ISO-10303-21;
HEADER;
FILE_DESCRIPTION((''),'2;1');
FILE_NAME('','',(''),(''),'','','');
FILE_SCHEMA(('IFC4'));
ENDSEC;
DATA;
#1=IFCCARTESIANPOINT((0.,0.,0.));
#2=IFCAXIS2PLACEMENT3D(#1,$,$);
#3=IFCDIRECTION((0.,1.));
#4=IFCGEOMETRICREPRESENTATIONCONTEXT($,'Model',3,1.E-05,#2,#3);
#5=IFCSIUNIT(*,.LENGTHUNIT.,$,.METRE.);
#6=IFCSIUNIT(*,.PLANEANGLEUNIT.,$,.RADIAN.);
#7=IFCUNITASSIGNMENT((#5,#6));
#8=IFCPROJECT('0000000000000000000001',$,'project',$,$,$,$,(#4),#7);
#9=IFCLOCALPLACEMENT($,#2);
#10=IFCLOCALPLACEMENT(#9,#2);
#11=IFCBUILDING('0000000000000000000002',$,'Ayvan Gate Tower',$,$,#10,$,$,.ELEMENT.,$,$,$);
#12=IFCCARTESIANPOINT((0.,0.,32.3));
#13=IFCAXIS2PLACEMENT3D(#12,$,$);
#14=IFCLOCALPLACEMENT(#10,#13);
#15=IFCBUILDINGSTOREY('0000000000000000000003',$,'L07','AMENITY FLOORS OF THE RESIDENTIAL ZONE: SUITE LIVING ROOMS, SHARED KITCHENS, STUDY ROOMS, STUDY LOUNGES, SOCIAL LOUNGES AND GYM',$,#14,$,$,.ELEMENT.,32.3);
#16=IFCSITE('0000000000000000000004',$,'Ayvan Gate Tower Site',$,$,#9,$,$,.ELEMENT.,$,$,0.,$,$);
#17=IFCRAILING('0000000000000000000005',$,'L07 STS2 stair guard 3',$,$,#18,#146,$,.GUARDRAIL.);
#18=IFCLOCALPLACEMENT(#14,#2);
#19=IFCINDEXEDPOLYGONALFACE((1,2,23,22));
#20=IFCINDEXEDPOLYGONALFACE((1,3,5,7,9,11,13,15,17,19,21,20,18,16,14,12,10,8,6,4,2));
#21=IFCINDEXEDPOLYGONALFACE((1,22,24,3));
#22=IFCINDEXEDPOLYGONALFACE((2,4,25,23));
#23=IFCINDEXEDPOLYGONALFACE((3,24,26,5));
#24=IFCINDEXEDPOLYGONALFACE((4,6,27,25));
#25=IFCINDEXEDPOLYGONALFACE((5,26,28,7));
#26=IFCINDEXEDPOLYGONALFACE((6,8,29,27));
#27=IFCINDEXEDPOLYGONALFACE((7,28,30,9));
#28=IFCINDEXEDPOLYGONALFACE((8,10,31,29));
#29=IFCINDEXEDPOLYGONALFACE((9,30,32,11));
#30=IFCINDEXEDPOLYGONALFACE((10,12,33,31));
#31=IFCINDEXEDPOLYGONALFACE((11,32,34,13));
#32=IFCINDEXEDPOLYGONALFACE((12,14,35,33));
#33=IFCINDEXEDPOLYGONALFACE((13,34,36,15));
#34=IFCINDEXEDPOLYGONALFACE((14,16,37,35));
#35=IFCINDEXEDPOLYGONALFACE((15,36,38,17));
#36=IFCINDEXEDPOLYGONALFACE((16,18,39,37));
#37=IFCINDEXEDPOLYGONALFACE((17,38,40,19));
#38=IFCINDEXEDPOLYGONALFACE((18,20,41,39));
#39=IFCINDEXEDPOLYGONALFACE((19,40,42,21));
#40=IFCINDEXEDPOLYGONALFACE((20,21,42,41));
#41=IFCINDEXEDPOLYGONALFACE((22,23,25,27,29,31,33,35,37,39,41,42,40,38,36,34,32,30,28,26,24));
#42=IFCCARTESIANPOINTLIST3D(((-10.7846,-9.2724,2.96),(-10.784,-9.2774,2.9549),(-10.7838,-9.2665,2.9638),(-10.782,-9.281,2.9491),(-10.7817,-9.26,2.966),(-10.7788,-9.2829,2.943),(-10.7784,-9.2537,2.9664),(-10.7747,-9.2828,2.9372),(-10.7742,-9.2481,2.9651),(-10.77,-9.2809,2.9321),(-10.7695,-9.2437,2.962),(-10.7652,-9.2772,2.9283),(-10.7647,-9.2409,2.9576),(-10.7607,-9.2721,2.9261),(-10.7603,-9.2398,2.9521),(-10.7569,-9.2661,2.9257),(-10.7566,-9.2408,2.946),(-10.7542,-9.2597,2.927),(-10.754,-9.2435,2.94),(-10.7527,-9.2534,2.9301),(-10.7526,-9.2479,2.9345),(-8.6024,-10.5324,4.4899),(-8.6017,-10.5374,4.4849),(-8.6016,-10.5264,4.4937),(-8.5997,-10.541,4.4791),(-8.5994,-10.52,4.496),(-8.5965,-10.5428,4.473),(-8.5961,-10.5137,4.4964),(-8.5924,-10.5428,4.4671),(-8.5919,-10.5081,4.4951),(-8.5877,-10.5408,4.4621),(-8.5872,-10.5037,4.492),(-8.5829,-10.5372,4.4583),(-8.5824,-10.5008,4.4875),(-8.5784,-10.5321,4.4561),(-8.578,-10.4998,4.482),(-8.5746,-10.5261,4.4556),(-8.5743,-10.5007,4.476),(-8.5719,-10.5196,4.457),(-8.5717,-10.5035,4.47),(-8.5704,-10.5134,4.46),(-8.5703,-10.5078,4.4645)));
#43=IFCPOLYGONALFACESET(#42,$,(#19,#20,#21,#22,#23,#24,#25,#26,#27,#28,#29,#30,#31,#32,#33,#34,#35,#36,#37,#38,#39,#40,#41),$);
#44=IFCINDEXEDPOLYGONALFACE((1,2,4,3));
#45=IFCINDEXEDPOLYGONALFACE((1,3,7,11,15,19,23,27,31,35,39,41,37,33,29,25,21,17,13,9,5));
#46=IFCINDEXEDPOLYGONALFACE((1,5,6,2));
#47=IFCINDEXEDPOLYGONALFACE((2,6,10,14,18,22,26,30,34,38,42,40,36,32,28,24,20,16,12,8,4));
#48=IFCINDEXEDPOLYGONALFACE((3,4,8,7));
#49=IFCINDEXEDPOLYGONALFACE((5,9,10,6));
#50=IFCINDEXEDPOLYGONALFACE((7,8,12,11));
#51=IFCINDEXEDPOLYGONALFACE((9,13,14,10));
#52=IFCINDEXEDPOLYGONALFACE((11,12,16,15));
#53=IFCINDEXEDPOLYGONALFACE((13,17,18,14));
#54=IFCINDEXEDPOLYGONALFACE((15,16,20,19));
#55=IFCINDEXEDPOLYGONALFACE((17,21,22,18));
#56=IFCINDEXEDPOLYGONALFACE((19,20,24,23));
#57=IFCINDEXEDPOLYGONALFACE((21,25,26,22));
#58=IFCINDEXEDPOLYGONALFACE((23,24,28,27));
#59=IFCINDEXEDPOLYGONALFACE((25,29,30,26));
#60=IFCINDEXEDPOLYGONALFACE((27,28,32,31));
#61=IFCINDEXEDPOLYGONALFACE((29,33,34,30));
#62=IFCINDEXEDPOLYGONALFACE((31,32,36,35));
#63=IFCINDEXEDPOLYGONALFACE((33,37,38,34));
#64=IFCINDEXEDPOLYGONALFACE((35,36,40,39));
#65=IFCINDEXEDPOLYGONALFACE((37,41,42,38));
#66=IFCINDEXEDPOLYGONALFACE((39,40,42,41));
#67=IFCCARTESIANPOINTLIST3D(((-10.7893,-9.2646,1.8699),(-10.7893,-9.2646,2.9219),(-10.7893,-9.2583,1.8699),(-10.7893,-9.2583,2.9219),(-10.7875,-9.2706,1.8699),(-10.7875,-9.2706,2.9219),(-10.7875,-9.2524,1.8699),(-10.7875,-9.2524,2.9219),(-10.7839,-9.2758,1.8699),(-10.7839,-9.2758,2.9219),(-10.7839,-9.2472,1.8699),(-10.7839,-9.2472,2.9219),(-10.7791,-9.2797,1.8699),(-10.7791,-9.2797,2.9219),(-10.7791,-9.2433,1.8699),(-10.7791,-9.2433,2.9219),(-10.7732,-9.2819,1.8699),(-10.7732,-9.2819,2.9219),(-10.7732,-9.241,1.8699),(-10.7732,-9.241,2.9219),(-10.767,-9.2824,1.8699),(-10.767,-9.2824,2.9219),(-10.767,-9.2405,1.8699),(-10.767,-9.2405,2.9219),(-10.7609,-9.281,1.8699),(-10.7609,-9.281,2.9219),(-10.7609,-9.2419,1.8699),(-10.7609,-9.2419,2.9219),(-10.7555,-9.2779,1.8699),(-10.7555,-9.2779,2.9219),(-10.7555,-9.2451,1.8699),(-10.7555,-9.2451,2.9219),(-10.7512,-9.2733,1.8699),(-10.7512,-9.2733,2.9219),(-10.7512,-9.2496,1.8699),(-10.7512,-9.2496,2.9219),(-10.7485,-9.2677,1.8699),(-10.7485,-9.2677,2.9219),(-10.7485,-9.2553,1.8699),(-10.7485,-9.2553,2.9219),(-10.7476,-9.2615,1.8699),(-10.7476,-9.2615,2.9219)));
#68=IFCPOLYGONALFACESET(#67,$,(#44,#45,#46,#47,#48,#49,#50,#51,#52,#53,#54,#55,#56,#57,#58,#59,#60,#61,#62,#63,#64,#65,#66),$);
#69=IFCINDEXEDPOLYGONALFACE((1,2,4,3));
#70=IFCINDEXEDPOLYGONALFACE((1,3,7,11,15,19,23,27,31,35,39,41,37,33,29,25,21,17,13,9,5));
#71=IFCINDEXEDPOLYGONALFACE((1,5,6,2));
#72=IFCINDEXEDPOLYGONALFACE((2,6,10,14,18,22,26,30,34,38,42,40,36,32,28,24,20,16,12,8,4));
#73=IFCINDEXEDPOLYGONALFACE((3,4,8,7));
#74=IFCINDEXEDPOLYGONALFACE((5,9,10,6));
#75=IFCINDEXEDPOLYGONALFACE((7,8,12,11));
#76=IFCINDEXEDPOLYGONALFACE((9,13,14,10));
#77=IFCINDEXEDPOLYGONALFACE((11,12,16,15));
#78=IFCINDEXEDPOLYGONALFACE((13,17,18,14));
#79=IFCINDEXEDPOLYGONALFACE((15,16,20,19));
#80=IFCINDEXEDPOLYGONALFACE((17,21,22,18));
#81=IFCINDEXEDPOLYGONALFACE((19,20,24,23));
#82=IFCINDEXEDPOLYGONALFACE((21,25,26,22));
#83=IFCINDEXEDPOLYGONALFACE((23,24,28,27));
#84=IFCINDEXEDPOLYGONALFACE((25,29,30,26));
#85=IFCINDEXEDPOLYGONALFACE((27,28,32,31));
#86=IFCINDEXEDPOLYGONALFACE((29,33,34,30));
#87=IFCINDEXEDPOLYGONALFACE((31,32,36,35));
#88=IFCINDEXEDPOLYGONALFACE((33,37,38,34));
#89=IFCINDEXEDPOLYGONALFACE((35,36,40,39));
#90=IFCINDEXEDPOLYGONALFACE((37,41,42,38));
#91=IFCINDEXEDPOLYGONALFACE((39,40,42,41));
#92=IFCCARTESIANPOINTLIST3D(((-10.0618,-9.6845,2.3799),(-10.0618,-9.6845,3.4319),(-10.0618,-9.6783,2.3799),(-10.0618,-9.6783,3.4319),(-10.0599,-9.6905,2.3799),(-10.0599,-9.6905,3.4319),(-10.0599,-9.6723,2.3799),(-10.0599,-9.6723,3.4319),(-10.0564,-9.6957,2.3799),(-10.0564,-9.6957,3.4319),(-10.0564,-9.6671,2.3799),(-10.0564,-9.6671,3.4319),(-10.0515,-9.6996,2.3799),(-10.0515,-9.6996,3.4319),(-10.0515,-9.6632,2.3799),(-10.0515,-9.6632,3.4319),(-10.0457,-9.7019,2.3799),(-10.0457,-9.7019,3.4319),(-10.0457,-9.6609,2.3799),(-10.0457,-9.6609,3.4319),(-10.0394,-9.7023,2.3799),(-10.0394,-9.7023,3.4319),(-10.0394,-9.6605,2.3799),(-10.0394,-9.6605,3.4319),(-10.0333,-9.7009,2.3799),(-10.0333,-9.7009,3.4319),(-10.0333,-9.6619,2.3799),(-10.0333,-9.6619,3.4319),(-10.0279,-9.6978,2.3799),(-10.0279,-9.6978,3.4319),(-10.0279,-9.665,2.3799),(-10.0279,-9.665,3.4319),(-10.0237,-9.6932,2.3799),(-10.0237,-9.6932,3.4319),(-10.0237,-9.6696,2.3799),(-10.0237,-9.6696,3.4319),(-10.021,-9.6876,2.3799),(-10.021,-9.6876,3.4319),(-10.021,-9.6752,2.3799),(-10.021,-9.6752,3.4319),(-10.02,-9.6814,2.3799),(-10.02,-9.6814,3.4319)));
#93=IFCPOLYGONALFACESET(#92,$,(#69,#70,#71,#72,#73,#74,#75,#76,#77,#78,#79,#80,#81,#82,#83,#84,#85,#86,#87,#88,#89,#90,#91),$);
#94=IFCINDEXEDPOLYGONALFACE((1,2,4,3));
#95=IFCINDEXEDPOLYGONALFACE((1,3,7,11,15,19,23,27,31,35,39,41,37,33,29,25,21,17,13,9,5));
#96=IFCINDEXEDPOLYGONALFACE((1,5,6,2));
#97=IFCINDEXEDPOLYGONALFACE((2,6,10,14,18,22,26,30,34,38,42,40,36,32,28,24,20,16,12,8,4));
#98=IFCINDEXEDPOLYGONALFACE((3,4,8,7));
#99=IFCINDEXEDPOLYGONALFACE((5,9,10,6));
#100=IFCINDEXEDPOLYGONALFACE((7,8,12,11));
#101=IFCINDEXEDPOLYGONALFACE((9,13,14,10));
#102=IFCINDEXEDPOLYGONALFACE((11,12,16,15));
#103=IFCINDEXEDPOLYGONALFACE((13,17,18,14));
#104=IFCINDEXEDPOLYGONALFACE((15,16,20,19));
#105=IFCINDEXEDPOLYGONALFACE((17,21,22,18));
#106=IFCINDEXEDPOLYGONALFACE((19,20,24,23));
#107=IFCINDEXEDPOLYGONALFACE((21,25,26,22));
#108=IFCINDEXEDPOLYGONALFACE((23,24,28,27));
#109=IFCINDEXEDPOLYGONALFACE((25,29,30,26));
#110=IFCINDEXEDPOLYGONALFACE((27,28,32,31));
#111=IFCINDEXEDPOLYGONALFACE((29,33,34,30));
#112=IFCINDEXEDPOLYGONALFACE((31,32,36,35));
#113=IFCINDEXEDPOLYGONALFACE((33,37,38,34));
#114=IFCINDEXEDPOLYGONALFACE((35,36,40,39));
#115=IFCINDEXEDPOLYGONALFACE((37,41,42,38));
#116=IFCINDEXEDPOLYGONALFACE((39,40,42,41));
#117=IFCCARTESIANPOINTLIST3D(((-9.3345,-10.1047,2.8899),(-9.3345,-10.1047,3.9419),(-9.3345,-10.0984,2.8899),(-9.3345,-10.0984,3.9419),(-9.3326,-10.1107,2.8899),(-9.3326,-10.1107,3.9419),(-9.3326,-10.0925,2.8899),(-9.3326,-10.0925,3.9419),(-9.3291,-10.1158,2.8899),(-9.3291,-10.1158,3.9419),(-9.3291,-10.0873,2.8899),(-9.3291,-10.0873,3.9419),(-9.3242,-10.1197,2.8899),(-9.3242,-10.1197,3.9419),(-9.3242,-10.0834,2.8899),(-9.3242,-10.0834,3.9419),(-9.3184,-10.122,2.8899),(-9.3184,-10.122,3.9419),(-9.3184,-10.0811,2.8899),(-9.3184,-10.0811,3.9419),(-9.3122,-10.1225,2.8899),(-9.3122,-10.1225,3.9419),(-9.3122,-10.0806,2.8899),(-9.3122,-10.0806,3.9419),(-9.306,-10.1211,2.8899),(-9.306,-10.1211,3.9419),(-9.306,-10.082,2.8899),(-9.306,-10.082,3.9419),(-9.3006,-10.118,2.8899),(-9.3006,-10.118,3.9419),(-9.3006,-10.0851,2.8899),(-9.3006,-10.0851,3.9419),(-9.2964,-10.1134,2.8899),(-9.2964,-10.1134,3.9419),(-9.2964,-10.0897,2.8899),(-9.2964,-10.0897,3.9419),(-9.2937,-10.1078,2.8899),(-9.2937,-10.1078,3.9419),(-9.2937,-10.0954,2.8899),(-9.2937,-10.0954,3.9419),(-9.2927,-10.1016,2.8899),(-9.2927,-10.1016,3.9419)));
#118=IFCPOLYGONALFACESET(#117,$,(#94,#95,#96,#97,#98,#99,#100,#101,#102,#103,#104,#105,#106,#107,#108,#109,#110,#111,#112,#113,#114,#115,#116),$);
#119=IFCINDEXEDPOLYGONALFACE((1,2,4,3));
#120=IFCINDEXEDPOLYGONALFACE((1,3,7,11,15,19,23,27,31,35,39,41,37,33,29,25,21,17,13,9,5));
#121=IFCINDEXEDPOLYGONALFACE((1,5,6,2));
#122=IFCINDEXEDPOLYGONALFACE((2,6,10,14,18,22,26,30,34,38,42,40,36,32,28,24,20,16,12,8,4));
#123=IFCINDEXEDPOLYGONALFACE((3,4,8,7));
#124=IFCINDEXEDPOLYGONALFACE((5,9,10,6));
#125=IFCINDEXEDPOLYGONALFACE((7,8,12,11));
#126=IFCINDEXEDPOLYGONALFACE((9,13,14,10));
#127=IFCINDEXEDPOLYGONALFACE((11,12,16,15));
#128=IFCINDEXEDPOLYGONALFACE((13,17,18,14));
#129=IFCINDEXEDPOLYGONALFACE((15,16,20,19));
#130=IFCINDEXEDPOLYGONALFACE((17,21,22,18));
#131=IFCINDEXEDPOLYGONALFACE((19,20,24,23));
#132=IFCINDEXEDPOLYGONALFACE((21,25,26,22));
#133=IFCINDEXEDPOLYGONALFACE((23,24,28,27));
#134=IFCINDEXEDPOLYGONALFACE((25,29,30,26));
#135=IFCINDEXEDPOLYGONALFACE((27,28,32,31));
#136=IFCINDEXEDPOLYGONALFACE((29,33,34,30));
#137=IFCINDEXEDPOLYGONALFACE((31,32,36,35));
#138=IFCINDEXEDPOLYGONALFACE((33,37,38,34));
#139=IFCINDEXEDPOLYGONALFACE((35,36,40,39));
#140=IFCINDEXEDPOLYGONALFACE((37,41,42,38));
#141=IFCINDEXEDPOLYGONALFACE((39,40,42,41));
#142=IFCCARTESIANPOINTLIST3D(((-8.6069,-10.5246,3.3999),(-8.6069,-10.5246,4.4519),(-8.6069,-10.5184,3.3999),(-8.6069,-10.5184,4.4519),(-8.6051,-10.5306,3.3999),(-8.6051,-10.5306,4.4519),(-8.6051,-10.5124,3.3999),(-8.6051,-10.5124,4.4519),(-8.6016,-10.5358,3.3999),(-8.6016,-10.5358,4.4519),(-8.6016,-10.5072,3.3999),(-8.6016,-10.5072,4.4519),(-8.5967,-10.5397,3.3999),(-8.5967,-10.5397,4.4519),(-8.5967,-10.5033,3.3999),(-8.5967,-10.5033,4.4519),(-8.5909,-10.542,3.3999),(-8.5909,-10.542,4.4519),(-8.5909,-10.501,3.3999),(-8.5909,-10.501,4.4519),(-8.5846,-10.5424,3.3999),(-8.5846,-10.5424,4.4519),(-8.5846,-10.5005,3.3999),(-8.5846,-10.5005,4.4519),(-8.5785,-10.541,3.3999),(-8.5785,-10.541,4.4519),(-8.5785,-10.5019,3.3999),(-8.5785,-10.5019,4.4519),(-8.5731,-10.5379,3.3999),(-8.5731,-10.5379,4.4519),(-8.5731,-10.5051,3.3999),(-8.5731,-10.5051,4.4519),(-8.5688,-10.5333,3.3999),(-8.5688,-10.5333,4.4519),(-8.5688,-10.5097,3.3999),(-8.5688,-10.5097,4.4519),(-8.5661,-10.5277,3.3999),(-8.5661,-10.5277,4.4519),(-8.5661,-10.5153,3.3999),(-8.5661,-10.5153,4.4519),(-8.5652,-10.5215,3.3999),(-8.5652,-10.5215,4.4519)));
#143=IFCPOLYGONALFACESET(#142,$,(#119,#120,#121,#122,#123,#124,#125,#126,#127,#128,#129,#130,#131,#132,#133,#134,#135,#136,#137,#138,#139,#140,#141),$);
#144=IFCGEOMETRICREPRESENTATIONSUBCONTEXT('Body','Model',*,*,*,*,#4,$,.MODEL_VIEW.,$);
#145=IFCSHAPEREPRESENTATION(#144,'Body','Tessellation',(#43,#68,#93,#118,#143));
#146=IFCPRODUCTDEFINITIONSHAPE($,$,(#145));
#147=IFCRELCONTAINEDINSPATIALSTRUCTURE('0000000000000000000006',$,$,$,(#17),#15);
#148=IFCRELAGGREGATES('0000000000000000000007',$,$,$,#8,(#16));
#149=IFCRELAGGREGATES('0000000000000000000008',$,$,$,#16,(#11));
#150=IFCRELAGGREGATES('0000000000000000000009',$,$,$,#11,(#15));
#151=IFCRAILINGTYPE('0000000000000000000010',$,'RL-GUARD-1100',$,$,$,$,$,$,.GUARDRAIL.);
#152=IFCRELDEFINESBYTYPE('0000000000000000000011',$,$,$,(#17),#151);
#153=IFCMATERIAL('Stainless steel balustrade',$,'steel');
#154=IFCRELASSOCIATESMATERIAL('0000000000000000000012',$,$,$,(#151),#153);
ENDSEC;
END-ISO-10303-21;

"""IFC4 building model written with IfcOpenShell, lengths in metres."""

from ifc_helpers import new_model, si_unit, direction, frame, origin, origin_2d, place, context, subcontext, project, spatial, circle, extrude, material, type_object, element, save


model = new_model("IFC4")

# Units and contexts
model_context = context("Model", 3, precision=1e-05, world=origin(), true_north=direction((0.0, 1.0)))
body_context = subcontext(model_context, "Body", "Model", "MODEL_VIEW")
ifc_project = project(units=[si_unit("LENGTHUNIT", "METRE"), si_unit("PLANEANGLEUNIT", "RADIAN")], contexts=[model_context])

# Site, building, storey
site_placement = place(None, origin())
site = spatial("IfcSite", under=ifc_project, at=site_placement, Name="Ayvan Gate Tower Site", CompositionType="ELEMENT", RefElevation=0.0)
building_placement = place(site_placement, origin())
building = spatial("IfcBuilding", under=site, at=building_placement, Name="Ayvan Gate Tower", CompositionType="ELEMENT")
storey_placement = place(building_placement, frame((0.0, 0.0, 32.3)))
storey = spatial("IfcBuildingStorey", under=building, at=storey_placement, Name="L07", Description="AMENITY FLOORS OF THE RESIDENTIAL ZONE: SUITE LIVING ROOMS, SHARED KITCHENS, STUDY ROOMS, STUDY LOUNGES, SOCIAL LOUNGES AND GYM", CompositionType="ELEMENT", Elevation=32.3)

# Railing
ifc_material_1 = material(Name="Stainless steel balustrade", Category="steel")
railing_type_1 = type_object("IfcRailingType", Name="RL-GUARD-1100", PredefinedType="GUARDRAIL", material=ifc_material_1)
railing_1_placement = place(storey_placement, frame((-10.7686, -9.2615, 1.8699)))
element("IfcRailing", 1, at=railing_1_placement, inside=storey, type_object=railing_type_1, Name="L07 STS2 stair guard 3", PredefinedType="GUARDRAIL", context=body_context, shape_type="SweptSolid", body=[
    extrude(circle(Radius=0.0239, at=origin_2d()), frame((0.0, 0.0, 1.0762), z_axis=(0.740261, -0.427395, 0.518986), x_axis=(0.500005, 0.866023, 0.0)), (0.0, 0.0, 1.0), 2.948),
    extrude(circle(Radius=0.021, at=origin_2d()), origin(), (0.0, 0.0, 1.0), 1.052),
    extrude(circle(Radius=0.021, at=origin_2d()), frame((0.7275, -0.4199, 0.51)), (0.0, 0.0, 1.0), 1.052),
    extrude(circle(Radius=0.021, at=origin_2d()), frame((1.4548, -0.8401, 1.02)), (0.0, 0.0, 1.0), 1.052),
    extrude(circle(Radius=0.021, at=origin_2d()), frame((2.1824, -1.26, 1.53)), (0.0, 0.0, 1.0), 1.052),
])

save(model, "model.ifc")
